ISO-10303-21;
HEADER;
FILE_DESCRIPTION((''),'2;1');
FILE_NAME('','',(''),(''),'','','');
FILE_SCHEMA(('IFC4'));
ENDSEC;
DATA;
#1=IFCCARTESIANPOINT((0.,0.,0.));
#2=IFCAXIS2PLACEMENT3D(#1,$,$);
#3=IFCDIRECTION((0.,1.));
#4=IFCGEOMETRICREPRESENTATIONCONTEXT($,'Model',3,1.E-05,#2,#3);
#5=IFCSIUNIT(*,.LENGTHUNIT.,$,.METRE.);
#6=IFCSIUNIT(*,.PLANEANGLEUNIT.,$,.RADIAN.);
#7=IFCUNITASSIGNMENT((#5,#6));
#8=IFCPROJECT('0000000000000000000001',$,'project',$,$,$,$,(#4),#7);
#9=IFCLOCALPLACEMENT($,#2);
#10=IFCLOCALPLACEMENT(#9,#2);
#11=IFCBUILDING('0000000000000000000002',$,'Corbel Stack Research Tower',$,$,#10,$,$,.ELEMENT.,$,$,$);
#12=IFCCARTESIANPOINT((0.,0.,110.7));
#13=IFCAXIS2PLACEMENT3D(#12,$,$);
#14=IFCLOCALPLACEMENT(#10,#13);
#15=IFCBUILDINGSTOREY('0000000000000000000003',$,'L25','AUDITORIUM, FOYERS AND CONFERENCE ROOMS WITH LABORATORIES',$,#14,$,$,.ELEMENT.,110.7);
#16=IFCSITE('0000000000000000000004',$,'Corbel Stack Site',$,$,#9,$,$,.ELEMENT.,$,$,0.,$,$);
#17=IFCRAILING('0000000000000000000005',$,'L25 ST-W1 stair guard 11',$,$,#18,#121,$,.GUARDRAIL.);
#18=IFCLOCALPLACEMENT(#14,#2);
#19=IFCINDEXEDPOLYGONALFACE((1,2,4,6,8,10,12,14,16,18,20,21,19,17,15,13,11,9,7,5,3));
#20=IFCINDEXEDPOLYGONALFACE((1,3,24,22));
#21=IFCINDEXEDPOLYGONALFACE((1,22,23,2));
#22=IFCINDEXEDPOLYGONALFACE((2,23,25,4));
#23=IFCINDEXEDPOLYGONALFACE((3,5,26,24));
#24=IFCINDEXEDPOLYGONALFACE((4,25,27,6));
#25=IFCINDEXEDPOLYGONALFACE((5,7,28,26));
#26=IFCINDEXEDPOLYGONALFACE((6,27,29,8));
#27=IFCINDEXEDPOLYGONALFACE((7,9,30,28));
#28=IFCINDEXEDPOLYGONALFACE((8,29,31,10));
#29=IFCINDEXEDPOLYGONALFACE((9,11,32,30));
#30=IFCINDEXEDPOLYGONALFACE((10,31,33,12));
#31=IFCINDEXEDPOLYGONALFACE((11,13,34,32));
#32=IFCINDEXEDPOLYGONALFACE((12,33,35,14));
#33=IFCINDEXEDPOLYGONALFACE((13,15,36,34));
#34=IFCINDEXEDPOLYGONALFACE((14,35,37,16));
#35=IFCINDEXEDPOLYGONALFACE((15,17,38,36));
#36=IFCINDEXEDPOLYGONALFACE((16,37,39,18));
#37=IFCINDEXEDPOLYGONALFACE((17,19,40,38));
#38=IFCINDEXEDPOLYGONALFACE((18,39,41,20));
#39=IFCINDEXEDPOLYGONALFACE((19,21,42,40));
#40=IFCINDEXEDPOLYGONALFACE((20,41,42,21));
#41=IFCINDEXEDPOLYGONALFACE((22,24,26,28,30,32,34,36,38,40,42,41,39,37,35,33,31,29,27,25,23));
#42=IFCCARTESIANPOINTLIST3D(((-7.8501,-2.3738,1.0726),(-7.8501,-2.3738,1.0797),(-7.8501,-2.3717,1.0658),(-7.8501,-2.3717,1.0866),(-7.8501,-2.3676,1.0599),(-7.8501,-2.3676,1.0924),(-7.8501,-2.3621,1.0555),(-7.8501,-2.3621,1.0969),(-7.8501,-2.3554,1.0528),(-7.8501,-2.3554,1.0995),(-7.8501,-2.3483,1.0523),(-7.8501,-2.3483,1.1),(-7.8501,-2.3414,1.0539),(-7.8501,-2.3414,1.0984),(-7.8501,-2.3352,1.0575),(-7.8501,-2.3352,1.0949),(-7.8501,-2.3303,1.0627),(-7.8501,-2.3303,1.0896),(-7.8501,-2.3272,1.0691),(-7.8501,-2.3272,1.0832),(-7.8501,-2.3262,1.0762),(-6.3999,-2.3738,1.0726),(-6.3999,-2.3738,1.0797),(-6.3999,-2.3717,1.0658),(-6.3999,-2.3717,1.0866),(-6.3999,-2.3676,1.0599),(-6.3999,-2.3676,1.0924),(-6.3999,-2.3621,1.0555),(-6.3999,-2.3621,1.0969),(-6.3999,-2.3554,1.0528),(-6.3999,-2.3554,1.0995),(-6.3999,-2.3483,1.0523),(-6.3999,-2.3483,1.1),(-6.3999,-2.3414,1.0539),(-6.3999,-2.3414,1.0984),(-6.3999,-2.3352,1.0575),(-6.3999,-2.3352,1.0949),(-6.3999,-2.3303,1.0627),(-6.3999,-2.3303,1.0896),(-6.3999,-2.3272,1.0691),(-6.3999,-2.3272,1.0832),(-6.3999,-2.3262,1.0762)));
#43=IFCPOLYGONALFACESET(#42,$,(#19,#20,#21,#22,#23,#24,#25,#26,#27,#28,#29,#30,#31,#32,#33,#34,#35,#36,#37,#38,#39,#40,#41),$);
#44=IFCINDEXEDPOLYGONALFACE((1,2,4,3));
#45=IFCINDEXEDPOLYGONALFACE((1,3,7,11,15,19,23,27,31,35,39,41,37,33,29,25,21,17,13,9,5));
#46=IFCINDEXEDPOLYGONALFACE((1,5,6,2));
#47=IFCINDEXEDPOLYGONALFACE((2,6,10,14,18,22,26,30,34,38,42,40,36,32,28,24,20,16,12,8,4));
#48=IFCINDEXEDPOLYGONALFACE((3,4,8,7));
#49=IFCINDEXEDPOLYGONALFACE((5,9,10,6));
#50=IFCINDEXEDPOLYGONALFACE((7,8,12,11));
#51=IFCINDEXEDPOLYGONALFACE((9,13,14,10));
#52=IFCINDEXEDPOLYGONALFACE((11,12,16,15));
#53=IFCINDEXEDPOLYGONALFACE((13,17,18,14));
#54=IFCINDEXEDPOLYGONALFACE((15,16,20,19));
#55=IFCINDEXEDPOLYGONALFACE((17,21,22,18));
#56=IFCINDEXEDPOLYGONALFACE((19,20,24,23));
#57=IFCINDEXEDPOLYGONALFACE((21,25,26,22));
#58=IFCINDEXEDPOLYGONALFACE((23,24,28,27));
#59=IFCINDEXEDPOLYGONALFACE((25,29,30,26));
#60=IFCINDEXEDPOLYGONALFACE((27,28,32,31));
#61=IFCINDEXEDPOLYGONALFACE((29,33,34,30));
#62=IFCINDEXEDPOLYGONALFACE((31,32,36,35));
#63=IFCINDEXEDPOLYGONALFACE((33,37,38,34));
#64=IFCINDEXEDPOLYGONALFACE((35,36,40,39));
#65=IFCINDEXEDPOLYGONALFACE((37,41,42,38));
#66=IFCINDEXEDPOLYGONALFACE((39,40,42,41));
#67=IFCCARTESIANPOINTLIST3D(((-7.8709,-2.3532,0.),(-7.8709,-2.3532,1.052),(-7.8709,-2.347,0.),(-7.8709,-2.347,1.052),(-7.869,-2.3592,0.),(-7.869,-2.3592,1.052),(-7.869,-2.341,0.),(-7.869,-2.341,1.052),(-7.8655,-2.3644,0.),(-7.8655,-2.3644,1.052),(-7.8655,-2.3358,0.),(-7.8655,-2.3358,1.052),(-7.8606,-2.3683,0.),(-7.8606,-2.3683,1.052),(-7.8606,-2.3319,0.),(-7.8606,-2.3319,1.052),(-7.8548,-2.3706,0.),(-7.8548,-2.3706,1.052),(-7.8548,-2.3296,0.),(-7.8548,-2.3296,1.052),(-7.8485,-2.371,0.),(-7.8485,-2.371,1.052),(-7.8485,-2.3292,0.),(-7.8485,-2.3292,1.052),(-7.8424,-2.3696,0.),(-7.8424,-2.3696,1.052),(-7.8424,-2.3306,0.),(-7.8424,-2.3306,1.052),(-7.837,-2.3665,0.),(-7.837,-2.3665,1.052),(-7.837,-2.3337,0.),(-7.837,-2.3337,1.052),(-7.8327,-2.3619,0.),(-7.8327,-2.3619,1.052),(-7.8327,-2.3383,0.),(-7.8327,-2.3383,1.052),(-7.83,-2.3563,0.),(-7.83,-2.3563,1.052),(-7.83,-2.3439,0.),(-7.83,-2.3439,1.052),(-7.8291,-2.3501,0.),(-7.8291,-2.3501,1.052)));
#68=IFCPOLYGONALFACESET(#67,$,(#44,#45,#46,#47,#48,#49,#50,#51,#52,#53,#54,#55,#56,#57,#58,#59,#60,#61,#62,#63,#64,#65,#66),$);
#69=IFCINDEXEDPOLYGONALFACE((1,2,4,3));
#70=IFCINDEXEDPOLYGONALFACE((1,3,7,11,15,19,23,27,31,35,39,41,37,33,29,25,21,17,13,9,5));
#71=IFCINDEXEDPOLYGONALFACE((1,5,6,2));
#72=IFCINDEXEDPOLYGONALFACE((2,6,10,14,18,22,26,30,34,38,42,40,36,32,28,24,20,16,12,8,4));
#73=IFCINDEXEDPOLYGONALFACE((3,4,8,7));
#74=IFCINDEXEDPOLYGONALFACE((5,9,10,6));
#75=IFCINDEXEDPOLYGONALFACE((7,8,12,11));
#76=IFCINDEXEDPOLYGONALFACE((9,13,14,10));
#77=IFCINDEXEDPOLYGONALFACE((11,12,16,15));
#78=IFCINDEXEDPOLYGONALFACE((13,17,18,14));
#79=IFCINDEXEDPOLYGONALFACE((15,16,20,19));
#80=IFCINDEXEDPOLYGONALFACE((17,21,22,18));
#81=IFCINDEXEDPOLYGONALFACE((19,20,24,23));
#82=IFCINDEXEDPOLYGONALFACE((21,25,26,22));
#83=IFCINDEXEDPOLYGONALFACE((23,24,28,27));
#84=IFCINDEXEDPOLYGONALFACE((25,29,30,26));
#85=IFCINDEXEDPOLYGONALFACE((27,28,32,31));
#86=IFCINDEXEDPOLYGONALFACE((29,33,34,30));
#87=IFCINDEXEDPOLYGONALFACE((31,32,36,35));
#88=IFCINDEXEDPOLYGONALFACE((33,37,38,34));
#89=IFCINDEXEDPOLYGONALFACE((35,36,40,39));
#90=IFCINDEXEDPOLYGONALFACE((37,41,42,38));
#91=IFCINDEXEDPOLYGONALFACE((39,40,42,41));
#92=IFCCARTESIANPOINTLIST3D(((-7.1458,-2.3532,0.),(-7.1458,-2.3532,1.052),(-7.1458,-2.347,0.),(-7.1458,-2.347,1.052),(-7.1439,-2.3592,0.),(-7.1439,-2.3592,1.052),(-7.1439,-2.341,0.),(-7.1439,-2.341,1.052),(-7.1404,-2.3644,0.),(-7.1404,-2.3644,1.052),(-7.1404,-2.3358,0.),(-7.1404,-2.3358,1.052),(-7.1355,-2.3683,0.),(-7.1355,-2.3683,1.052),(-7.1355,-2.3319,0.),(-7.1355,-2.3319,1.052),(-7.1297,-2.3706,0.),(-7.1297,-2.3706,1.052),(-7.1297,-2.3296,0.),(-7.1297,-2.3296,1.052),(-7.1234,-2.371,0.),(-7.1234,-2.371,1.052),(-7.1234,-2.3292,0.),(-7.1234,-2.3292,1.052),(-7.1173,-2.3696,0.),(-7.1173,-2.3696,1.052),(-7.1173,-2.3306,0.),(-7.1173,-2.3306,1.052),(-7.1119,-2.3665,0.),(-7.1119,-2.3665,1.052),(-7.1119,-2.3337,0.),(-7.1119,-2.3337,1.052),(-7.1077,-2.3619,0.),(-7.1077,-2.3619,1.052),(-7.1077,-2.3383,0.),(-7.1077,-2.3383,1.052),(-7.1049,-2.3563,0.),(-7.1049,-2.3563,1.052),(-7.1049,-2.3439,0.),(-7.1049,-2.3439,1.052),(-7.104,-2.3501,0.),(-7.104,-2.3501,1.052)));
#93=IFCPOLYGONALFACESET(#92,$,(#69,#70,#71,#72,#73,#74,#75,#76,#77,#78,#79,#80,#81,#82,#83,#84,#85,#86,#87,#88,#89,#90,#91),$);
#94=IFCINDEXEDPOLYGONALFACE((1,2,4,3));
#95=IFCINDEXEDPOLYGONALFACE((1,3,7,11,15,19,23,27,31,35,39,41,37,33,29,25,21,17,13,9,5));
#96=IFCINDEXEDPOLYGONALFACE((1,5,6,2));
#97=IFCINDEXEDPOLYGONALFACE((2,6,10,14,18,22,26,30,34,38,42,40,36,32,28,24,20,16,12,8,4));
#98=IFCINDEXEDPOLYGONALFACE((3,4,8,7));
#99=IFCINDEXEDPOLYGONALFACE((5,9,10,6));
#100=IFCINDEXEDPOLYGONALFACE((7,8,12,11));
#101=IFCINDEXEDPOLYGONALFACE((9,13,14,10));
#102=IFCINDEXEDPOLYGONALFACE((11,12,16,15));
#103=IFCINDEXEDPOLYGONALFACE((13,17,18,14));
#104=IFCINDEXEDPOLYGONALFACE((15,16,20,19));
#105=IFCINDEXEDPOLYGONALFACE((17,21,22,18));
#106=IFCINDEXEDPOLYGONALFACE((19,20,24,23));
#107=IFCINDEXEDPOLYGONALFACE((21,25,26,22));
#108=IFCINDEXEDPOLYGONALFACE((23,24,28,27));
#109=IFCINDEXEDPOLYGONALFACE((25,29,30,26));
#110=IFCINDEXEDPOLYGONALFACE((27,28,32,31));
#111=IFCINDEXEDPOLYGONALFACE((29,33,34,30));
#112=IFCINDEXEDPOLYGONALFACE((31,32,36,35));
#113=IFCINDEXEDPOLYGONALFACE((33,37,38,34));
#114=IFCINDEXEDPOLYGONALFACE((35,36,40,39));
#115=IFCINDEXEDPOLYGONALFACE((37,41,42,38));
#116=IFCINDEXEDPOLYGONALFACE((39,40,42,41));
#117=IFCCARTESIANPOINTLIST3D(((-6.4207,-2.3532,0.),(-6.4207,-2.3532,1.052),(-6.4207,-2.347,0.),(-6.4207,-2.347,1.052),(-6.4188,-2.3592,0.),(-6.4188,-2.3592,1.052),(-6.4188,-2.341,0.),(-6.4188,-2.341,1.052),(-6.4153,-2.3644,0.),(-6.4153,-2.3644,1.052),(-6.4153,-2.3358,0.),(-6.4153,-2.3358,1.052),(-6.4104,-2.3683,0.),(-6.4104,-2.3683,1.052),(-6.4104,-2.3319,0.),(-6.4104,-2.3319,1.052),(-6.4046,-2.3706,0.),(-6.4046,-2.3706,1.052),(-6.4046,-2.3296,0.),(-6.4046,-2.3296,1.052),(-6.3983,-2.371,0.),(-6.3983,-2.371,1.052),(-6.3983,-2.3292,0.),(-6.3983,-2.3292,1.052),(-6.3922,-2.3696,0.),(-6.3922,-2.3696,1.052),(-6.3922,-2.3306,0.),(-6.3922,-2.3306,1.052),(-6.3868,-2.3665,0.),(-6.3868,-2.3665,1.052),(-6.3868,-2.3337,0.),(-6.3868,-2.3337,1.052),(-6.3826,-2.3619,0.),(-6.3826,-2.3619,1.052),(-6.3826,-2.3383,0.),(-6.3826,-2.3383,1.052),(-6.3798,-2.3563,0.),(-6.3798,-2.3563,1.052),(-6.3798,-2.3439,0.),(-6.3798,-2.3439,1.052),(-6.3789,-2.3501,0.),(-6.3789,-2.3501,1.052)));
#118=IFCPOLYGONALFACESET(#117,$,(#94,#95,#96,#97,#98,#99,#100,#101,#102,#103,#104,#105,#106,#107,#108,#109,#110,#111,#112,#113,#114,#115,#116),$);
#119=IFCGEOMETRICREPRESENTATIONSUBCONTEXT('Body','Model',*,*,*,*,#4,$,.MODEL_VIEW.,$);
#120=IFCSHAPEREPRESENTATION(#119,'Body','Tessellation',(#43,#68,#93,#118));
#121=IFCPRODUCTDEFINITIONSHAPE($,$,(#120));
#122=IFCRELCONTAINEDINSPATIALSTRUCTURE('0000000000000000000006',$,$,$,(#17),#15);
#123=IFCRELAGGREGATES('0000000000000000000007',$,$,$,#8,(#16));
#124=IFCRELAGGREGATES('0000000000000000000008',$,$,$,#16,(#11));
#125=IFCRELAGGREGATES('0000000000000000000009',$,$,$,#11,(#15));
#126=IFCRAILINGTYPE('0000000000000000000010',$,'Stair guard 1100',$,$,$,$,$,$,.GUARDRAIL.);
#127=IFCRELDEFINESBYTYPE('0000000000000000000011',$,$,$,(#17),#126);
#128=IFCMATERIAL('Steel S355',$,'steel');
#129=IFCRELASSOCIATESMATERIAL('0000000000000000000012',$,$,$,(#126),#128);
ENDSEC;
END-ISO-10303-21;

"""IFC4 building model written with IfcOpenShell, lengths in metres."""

from ifc_helpers import new_model, si_unit, direction, frame, origin, origin_2d, place, context, subcontext, project, spatial, circle, extrude, material, type_object, element, save


model = new_model("IFC4")

# Units and contexts
model_context = context("Model", 3, precision=1e-05, world=origin(), true_north=direction((0.0, 1.0)))
body_context = subcontext(model_context, "Body", "Model", "MODEL_VIEW")
ifc_project = project(units=[si_unit("LENGTHUNIT", "METRE"), si_unit("PLANEANGLEUNIT", "RADIAN")], contexts=[model_context])

# Site, building, storey
site_placement = place(None, origin())
site = spatial("IfcSite", under=ifc_project, at=site_placement, Name="Corbel Stack Site", CompositionType="ELEMENT", RefElevation=0.0)
building_placement = place(site_placement, origin())
building = spatial("IfcBuilding", under=site, at=building_placement, Name="Corbel Stack Research Tower", CompositionType="ELEMENT")
storey_placement = place(building_placement, frame((0.0, 0.0, 110.7)))
storey = spatial("IfcBuildingStorey", under=building, at=storey_placement, Name="L25", Description="AUDITORIUM, FOYERS AND CONFERENCE ROOMS WITH LABORATORIES", CompositionType="ELEMENT", Elevation=110.7)

# Railing
ifc_material_1 = material(Name="Steel S355", Category="steel")
railing_type_1 = type_object("IfcRailingType", Name="Stair guard 1100", PredefinedType="GUARDRAIL", material=ifc_material_1)
railing_1_placement = place(storey_placement, frame((-7.8501, -2.3501, 0.0)))
element("IfcRailing", 1, at=railing_1_placement, inside=storey, type_object=railing_type_1, Name="L25 ST-W1 stair guard 11", PredefinedType="GUARDRAIL", context=body_context, shape_type="SweptSolid", body=[
    extrude(circle(Radius=0.0239, at=origin_2d()), frame((0.0, 0.0, 1.0762), z_axis=(1.0, 0.0, 0.0), x_axis=(0.0, 1.0, 0.0)), (0.0, 0.0, 1.0), 1.4502),
    extrude(circle(Radius=0.021, at=origin_2d()), origin(), (0.0, 0.0, 1.0), 1.052),
    extrude(circle(Radius=0.021, at=origin_2d()), frame((0.7251, 0.0, 0.0)), (0.0, 0.0, 1.0), 1.052),
    extrude(circle(Radius=0.021, at=origin_2d()), frame((1.4502, 0.0, 0.0)), (0.0, 0.0, 1.0), 1.052),
])

save(model, "model.ifc")
